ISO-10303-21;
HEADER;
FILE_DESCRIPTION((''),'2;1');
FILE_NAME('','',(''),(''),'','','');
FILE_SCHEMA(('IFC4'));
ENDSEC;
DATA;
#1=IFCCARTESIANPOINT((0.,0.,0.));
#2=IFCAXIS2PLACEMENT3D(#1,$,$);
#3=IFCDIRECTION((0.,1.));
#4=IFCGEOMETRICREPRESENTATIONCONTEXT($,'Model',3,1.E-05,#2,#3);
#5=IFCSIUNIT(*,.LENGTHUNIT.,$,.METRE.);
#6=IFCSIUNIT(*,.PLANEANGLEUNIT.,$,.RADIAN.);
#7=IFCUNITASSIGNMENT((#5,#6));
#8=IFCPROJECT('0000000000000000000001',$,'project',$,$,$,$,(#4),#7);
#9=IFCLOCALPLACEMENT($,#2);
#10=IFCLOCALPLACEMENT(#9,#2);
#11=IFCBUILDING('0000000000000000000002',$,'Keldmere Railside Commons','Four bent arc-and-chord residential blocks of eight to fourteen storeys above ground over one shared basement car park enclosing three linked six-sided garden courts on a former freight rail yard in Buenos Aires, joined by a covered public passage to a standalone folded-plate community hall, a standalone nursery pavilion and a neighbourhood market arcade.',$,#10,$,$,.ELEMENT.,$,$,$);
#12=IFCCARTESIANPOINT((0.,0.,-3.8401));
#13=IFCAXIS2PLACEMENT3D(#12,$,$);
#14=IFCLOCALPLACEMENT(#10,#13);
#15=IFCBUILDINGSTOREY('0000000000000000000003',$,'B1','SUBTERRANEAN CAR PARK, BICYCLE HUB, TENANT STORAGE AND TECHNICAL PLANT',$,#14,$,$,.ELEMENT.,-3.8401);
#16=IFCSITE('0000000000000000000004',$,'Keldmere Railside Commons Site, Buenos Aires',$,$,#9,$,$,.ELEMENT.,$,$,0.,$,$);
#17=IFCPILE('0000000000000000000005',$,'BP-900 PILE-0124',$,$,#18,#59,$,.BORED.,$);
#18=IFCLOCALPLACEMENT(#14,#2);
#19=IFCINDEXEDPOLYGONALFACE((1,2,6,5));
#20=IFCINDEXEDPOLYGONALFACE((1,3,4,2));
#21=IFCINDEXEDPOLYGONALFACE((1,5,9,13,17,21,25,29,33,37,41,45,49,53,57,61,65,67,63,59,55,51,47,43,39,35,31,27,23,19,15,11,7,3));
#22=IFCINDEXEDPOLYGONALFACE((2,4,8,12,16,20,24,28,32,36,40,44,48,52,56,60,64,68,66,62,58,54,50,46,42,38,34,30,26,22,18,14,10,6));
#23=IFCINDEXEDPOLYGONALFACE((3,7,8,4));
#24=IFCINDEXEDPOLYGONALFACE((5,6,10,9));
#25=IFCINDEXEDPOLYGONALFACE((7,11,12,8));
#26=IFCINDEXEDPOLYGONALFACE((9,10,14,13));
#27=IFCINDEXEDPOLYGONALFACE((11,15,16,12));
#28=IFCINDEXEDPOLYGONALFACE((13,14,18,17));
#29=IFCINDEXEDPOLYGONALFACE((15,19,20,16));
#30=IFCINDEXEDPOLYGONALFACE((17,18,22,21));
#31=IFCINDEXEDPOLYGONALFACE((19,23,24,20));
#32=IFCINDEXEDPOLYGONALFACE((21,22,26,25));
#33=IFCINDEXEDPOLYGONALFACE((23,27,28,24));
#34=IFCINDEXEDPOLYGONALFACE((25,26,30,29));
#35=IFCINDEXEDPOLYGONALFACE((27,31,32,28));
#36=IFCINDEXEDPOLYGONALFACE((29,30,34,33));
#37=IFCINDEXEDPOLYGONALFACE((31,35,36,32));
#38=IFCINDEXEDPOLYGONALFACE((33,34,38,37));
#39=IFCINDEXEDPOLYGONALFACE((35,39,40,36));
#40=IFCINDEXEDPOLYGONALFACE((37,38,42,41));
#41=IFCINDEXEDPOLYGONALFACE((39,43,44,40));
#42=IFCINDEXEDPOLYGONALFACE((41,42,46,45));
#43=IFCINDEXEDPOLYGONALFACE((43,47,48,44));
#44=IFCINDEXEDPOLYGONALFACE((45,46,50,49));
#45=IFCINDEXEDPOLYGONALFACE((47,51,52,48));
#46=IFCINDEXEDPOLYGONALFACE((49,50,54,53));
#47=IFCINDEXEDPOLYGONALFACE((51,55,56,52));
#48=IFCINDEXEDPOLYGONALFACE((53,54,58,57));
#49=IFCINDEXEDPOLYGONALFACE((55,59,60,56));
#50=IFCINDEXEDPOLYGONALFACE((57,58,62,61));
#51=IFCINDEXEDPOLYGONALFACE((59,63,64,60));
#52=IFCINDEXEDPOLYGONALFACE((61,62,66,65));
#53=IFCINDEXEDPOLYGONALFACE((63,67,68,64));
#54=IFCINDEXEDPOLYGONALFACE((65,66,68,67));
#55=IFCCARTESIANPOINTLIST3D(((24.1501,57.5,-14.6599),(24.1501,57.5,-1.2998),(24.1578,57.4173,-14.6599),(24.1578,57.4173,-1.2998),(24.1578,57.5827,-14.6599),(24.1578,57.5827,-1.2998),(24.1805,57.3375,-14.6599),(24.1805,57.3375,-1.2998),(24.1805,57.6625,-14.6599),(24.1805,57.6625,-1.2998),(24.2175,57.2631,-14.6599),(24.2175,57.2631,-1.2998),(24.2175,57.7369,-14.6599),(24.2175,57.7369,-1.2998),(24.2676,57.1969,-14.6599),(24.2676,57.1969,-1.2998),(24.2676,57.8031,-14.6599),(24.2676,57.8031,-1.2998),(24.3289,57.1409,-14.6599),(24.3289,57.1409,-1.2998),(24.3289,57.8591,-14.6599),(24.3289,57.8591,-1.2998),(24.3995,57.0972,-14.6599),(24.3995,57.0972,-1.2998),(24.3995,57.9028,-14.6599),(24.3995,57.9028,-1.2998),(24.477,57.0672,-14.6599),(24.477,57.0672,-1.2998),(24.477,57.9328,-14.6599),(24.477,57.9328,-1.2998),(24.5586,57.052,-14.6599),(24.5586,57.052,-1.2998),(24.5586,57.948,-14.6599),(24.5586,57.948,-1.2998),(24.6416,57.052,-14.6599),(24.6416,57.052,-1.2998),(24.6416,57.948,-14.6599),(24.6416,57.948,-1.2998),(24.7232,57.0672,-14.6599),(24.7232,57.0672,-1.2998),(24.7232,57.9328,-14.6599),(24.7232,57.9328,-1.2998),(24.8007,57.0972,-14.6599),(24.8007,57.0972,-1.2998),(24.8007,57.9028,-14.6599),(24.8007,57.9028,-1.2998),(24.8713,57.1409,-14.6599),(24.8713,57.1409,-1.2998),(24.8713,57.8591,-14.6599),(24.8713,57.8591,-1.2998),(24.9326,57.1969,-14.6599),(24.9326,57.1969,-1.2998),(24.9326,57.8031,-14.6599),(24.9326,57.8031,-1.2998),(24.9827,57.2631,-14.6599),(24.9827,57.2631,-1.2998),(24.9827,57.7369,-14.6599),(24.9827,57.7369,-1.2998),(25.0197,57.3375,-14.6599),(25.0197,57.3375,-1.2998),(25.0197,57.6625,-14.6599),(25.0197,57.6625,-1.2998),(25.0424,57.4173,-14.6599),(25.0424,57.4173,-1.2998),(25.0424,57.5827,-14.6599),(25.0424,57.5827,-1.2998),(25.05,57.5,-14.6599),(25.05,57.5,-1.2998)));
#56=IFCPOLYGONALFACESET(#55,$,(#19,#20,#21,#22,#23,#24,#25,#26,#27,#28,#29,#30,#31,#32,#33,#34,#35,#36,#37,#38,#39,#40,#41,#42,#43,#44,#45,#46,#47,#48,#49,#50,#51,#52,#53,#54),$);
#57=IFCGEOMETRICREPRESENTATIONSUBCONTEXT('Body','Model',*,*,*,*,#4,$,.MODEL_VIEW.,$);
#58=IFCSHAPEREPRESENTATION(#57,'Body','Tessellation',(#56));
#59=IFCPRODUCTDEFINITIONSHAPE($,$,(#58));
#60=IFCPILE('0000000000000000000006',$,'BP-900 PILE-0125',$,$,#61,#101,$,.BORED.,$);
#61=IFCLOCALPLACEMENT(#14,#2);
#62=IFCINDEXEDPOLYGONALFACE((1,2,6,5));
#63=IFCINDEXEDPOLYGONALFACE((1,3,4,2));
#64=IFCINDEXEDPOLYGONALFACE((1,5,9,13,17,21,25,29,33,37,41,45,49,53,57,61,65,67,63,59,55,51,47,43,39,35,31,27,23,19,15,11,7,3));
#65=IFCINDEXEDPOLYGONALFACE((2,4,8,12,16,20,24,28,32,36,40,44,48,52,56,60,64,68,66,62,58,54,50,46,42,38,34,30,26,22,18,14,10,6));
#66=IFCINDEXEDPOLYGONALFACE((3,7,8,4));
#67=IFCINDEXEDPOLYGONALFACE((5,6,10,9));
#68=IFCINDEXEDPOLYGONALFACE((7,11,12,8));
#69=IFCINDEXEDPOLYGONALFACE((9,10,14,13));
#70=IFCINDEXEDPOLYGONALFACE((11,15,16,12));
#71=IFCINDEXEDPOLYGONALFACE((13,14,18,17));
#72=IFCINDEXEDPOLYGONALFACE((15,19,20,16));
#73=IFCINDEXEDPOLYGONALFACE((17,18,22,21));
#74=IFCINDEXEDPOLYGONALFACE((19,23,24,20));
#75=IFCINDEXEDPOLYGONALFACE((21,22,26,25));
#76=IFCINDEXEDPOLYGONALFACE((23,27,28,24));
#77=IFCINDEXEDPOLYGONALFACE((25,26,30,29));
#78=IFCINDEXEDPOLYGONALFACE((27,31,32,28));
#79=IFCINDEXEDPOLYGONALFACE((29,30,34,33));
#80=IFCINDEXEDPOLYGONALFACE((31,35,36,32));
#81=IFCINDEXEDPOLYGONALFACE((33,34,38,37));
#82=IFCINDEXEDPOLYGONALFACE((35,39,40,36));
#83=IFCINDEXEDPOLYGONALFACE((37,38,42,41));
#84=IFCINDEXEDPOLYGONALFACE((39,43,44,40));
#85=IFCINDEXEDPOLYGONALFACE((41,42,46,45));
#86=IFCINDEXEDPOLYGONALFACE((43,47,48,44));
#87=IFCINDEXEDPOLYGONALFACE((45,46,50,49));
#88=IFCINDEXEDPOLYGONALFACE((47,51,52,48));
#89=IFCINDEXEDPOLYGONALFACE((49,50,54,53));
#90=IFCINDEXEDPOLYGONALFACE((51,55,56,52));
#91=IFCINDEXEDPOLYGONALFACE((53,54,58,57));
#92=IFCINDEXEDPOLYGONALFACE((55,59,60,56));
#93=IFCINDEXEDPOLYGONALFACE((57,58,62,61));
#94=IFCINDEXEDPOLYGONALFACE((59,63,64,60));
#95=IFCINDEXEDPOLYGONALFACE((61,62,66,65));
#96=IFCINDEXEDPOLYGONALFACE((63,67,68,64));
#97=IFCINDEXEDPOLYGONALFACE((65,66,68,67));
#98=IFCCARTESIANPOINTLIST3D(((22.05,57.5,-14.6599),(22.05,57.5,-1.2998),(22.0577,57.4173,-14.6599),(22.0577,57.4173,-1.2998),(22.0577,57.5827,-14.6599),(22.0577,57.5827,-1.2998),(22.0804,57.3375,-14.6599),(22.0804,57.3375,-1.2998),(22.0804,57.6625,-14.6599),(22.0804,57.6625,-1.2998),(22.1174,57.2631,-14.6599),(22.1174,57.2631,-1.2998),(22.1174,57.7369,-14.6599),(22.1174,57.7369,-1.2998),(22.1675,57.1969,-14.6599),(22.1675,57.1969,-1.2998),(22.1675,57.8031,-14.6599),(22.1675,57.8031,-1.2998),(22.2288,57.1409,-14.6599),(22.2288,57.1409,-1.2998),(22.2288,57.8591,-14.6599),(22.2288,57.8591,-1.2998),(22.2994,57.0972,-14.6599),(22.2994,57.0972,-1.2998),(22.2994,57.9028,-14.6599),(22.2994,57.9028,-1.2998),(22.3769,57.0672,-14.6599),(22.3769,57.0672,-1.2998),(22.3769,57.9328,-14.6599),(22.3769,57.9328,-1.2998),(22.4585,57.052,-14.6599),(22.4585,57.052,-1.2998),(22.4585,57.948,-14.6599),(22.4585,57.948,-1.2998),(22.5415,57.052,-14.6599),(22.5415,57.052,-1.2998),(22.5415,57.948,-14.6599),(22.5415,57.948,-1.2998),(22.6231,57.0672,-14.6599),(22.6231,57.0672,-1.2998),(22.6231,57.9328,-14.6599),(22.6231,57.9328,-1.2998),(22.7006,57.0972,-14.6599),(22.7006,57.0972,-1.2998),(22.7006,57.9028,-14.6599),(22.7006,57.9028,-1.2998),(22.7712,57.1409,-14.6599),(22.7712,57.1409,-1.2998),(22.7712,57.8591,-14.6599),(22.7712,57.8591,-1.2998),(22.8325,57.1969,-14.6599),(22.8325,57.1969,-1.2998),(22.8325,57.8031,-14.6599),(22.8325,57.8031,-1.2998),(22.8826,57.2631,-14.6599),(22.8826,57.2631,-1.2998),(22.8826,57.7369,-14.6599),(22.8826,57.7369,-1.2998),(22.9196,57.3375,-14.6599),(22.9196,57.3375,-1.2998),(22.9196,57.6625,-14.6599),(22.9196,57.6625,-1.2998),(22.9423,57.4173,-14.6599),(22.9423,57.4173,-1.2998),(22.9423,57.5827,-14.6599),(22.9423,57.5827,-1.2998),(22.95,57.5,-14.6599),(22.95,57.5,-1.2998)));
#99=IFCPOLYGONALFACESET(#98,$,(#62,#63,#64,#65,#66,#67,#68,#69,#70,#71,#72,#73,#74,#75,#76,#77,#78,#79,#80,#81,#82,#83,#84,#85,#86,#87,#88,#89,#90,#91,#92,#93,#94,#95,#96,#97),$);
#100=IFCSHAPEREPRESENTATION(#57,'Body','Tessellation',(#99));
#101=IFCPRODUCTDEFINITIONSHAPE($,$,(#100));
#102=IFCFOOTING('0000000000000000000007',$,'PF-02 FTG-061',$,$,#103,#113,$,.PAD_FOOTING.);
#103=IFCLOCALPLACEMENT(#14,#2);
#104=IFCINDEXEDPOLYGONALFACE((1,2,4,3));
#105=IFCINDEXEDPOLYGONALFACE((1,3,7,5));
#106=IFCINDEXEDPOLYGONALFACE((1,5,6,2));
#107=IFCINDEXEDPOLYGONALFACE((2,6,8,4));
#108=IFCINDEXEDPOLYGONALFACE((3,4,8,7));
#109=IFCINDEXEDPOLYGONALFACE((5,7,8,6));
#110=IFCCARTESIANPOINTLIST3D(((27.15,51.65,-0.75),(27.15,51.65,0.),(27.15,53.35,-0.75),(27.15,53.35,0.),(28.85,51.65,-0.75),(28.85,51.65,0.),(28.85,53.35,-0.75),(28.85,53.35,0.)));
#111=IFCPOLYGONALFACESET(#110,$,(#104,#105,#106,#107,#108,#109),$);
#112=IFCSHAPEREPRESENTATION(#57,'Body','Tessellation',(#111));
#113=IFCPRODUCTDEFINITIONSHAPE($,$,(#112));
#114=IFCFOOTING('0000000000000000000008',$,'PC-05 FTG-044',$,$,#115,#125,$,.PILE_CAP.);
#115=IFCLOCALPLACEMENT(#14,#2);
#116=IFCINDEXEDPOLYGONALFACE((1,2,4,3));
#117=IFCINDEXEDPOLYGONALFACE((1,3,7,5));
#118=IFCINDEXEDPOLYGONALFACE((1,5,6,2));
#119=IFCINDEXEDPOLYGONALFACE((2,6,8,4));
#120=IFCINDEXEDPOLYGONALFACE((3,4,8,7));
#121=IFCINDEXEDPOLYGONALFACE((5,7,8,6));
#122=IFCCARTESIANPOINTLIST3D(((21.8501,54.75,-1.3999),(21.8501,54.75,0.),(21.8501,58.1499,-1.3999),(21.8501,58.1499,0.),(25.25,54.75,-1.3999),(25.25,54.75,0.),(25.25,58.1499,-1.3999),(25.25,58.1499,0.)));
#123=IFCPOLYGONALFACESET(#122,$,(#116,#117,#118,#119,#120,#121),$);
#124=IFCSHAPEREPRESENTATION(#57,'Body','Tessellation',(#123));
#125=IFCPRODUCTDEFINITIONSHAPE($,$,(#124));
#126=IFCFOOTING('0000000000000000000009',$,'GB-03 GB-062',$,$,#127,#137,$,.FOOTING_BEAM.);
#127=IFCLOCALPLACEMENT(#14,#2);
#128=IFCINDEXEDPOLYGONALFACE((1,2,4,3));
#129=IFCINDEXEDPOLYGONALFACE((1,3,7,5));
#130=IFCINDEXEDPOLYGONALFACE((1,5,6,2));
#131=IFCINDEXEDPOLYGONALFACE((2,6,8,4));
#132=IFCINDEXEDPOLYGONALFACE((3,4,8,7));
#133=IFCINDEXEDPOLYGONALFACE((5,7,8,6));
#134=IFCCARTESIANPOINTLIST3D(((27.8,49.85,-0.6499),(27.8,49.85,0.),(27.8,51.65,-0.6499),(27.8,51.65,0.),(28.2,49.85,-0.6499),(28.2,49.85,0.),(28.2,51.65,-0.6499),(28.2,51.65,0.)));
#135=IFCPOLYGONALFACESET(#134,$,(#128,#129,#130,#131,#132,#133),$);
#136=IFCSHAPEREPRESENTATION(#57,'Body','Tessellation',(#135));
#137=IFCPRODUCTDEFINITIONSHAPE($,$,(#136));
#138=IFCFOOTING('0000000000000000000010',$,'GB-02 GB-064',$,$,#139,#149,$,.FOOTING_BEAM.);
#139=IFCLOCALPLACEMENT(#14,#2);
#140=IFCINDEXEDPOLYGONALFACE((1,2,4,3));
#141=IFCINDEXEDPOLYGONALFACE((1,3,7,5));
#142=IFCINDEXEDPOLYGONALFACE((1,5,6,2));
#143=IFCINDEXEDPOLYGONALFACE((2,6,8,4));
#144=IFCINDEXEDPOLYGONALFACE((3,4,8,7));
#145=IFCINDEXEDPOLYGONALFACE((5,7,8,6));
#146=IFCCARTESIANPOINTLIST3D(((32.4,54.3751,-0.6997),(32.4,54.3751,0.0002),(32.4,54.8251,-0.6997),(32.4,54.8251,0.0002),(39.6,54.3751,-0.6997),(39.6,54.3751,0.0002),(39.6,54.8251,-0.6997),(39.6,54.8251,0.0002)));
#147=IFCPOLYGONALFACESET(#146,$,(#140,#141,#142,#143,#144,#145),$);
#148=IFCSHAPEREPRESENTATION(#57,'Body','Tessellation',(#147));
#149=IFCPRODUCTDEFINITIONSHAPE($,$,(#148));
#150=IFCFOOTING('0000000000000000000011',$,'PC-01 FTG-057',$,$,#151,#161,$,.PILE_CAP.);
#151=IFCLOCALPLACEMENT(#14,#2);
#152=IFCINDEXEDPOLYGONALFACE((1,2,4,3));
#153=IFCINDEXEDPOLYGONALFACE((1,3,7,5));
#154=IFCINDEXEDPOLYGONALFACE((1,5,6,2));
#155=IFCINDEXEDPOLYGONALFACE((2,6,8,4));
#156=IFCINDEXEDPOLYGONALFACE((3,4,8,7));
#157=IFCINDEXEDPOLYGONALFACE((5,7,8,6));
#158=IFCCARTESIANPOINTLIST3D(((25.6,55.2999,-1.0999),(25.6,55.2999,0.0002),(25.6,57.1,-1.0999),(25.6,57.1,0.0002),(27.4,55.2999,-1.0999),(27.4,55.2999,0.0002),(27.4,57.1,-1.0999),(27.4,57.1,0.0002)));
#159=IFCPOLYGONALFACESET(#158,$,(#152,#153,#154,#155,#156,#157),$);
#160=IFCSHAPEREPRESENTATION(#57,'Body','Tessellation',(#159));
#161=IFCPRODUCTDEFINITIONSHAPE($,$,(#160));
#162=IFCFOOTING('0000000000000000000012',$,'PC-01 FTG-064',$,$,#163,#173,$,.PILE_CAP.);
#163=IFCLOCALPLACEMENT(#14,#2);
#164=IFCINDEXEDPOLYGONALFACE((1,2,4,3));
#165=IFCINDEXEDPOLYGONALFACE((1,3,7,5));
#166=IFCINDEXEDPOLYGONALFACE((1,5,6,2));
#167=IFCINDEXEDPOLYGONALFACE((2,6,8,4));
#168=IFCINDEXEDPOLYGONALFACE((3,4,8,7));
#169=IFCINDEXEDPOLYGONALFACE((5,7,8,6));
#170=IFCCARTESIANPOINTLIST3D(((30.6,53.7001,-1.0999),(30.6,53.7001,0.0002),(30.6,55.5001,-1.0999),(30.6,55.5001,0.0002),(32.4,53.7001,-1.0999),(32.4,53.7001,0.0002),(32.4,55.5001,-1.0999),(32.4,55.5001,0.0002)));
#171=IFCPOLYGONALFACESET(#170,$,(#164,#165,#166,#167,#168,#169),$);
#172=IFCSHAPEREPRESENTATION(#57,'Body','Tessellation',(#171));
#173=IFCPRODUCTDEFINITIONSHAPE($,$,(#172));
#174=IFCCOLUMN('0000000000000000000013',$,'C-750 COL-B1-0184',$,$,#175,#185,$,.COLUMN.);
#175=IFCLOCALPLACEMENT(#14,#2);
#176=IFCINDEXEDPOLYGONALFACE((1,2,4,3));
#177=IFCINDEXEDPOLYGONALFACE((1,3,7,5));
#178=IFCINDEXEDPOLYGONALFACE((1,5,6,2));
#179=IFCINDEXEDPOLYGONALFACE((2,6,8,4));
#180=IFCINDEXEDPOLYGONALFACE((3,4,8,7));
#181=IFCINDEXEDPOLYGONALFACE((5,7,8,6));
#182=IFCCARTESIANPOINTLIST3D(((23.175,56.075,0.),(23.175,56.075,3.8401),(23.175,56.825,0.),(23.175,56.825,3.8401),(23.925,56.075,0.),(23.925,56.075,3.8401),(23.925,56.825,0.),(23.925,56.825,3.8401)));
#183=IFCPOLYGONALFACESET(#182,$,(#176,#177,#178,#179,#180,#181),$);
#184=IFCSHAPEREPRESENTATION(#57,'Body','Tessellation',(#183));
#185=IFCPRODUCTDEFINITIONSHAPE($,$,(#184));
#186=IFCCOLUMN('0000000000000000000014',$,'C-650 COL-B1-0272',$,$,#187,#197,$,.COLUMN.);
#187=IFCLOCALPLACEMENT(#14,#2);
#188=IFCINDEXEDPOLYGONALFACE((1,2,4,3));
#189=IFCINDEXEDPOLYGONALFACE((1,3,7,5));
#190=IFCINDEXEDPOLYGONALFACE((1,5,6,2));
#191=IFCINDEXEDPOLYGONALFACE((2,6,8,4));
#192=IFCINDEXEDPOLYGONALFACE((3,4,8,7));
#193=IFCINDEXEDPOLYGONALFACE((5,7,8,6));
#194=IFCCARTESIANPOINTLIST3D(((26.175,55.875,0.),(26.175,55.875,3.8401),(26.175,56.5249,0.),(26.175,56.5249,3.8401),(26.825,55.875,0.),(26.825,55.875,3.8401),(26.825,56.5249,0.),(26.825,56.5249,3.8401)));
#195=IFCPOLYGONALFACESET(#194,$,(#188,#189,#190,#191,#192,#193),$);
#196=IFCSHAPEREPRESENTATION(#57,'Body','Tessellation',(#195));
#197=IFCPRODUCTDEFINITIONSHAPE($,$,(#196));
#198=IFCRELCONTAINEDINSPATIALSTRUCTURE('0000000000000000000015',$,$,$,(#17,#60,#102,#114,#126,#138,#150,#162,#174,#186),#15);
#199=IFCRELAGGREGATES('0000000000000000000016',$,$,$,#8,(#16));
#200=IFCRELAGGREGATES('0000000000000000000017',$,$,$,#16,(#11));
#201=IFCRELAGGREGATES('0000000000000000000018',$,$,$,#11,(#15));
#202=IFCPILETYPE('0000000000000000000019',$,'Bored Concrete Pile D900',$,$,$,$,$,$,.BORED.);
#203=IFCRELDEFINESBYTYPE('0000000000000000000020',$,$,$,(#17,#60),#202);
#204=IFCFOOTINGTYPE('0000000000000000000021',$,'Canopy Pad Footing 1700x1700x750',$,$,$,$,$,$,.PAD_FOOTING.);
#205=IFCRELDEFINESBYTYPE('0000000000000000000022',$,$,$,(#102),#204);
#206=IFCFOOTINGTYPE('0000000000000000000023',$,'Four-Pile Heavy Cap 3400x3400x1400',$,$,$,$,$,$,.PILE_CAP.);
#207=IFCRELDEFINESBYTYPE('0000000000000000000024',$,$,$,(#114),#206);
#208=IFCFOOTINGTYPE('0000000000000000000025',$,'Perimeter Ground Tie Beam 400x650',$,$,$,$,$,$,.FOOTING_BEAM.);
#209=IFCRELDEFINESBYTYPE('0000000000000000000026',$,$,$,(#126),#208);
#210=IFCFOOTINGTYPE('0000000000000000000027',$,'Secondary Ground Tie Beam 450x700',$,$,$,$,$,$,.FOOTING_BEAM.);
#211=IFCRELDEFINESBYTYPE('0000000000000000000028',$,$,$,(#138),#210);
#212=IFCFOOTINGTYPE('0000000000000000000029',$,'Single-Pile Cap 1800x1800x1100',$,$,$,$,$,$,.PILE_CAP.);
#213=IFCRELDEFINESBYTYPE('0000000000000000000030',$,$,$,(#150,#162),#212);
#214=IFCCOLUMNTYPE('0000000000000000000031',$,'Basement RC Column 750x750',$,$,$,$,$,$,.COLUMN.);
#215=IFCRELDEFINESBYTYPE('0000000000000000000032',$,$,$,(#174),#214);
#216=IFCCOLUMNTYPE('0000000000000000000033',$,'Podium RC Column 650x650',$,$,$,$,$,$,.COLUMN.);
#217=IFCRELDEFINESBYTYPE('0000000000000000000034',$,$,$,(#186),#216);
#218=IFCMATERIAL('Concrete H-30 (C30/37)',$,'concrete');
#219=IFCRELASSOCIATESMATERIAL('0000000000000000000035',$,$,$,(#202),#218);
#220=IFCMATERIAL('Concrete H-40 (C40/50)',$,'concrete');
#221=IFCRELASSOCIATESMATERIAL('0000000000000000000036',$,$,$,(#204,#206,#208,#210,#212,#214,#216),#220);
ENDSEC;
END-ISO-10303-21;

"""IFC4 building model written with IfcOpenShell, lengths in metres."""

from ifc_helpers import new_model, si_unit, direction, frame, origin, origin_2d, place, context, subcontext, project, spatial, rectangle, circle, extrude, material, material_profile, profile_set, type_object, element, save


model = new_model("IFC4")

# Units and contexts
model_context = context("Model", 3, precision=1e-05, world=origin(), true_north=direction((0.0, 1.0)))
body_context = subcontext(model_context, "Body", "Model", "MODEL_VIEW")
ifc_project = project(units=[si_unit("LENGTHUNIT", "METRE"), si_unit("PLANEANGLEUNIT", "RADIAN")], contexts=[model_context])

# Site, building, storey
site_placement = place(None, origin())
site = spatial("IfcSite", under=ifc_project, at=site_placement, Name="Keldmere Railside Commons Site, Buenos Aires", CompositionType="ELEMENT", RefElevation=0.0)
building_placement = place(site_placement, origin())
building = spatial("IfcBuilding", under=site, at=building_placement, Name="Keldmere Railside Commons", Description="Four bent arc-and-chord residential blocks of eight to fourteen storeys above ground over one shared basement car park enclosing three linked six-sided garden courts on a former freight rail yard in Buenos Aires, joined by a covered public passage to a standalone folded-plate community hall, a standalone nursery pavilion and a neighbourhood market arcade.", CompositionType="ELEMENT")
storey_placement = place(building_placement, frame((0.0, 0.0, -3.8401)))
storey = spatial("IfcBuildingStorey", under=building, at=storey_placement, Name="B1", Description="SUBTERRANEAN CAR PARK, BICYCLE HUB, TENANT STORAGE AND TECHNICAL PLANT", CompositionType="ELEMENT", Elevation=-3.8401)

# Piles
ifc_material_1 = material(Name="Concrete H-30 (C30/37)", Category="concrete")
ifc_material_profile_1 = material_profile(ifc_material_1, circle(Radius=0.45, at=origin_2d()), Name="PILE-D900")
ifc_profile_set_1 = profile_set([ifc_material_profile_1], Name="Concrete H-30 (C30/37)")
pile_type_1 = type_object("IfcPileType", Name="Bored Concrete Pile D900", PredefinedType="BORED", material=ifc_profile_set_1)
for number, where, z_axis, x_axis, name in (
    (1, (24.6001, 57.5, -1.2998), (0.0, 0.0, -1.0), (1.0, 0.0, 0.0), "BP-900 PILE-0124"),
    (2, (22.5, 57.5, -1.2998), (0.0, 0.0, -1.0), (1.0, 0.0, 0.0), "BP-900 PILE-0125"),
):
    element("IfcPile", number, at=place(storey_placement, frame(where, z_axis=z_axis, x_axis=x_axis)), inside=storey, type_object=pile_type_1, Name=name, PredefinedType="BORED", context=body_context, shape_type="SweptSolid", body=[
        extrude(circle(Radius=0.45, at=origin_2d()), origin(), (0.0, 0.0, 1.0), 13.3601),
    ])

# Footings
ifc_material_2 = material(Name="Concrete H-40 (C40/50)", Category="concrete")
footing_type_1 = type_object("IfcFootingType", Name="Canopy Pad Footing 1700x1700x750", PredefinedType="PAD_FOOTING", material=ifc_material_2)
footing_1_placement = place(storey_placement, frame((28.0, 52.5, -0.75), z_axis=(0.0, 0.0, 1.0), x_axis=(1.0, 0.0, 0.0)))
element("IfcFooting", 3, at=footing_1_placement, inside=storey, type_object=footing_type_1, Name="PF-02 FTG-061", PredefinedType="PAD_FOOTING", context=body_context, shape_type="SweptSolid", body=[
    extrude(rectangle(XDim=1.7, YDim=1.7, at=origin_2d()), origin(), (0.0, 0.0, 1.0), 0.75),
])
footing_type_2 = type_object("IfcFootingType", Name="Four-Pile Heavy Cap 3400x3400x1400", PredefinedType="PILE_CAP", material=ifc_material_2)
footing_2_placement = place(storey_placement, frame((23.55, 56.45, -1.3999), z_axis=(0.0, 0.0, 1.0), x_axis=(1.0, 0.0, 0.0)))
element("IfcFooting", 4, at=footing_2_placement, inside=storey, type_object=footing_type_2, Name="PC-05 FTG-044", PredefinedType="PILE_CAP", context=body_context, shape_type="SweptSolid", body=[
    extrude(rectangle(XDim=3.3999, YDim=3.3999, at=origin_2d()), origin(), (0.0, 0.0, 1.0), 1.3999),
])
footing_type_3 = type_object("IfcFootingType", Name="Perimeter Ground Tie Beam 400x650", PredefinedType="FOOTING_BEAM", material=ifc_material_2)
footing_3_placement = place(storey_placement, frame((28.0, 50.75, -0.6499), z_axis=(0.0, 0.0, 1.0), x_axis=(0.0, 1.0, 0.0)))
element("IfcFooting", 5, at=footing_3_placement, inside=storey, type_object=footing_type_3, Name="GB-03 GB-062", PredefinedType="FOOTING_BEAM", context=body_context, shape_type="SweptSolid", body=[
    extrude(rectangle(XDim=1.8, YDim=0.3999, at=origin_2d()), origin(), (0.0, 0.0, 1.0), 0.6499),
])
footing_type_4 = type_object("IfcFootingType", Name="Secondary Ground Tie Beam 450x700", PredefinedType="FOOTING_BEAM", material=ifc_material_2)
footing_4_placement = place(storey_placement, frame((36.0, 54.6001, -0.6997), z_axis=(0.0, 0.0, 1.0), x_axis=(1.0, 0.0, 0.0)))
element("IfcFooting", 6, at=footing_4_placement, inside=storey, type_object=footing_type_4, Name="GB-02 GB-064", PredefinedType="FOOTING_BEAM", context=body_context, shape_type="SweptSolid", body=[
    extrude(rectangle(XDim=7.2, YDim=0.45, at=origin_2d()), origin(), (0.0, 0.0, 1.0), 0.7),
])
footing_type_5 = type_object("IfcFootingType", Name="Single-Pile Cap 1800x1800x1100", PredefinedType="PILE_CAP", material=ifc_material_2)
for number, where, z_axis, x_axis, name in (
    (7, (26.5, 56.2, -1.0999), (0.0, 0.0, 1.0), (1.0, 0.0, 0.0), "PC-01 FTG-057"),
    (8, (31.5, 54.6001, -1.0999), (0.0, 0.0, 1.0), (1.0, 0.0, 0.0), "PC-01 FTG-064"),
):
    element("IfcFooting", number, at=place(storey_placement, frame(where, z_axis=z_axis, x_axis=x_axis)), inside=storey, type_object=footing_type_5, Name=name, PredefinedType="PILE_CAP", context=body_context, shape_type="SweptSolid", body=[
        extrude(rectangle(XDim=1.8, YDim=1.8, at=origin_2d()), origin(), (0.0, 0.0, 1.0), 1.1001),
    ])

# Columns
ifc_material_profile_2 = material_profile(ifc_material_2, rectangle(XDim=0.75, YDim=0.75, at=origin_2d()), Name="RC-750x750")
ifc_profile_set_2 = profile_set([ifc_material_profile_2], Name="Concrete H-40 (C40/50)")
column_type_1 = type_object("IfcColumnType", Name="Basement RC Column 750x750", PredefinedType="COLUMN", material=ifc_profile_set_2)
column_placement = place(storey_placement, frame((23.55, 56.45, 0.0), z_axis=(0.0, 0.0, 1.0), x_axis=(1.0, 0.0, 0.0)))
element("IfcColumn", 9, at=column_placement, inside=storey, type_object=column_type_1, Name="C-750 COL-B1-0184", PredefinedType="COLUMN", context=body_context, shape_type="SweptSolid", body=[
    extrude(rectangle(XDim=0.75, YDim=0.75, at=origin_2d()), origin(), (0.0, 0.0, 1.0), 3.8401),
])
ifc_material_profile_3 = material_profile(ifc_material_2, rectangle(XDim=0.6499, YDim=0.6499, at=origin_2d()), Name="RC-650x650")
ifc_profile_set_3 = profile_set([ifc_material_profile_3], Name="Concrete H-40 (C40/50)")
column_type_2 = type_object("IfcColumnType", Name="Podium RC Column 650x650", PredefinedType="COLUMN", material=ifc_profile_set_3)
for number, where, z_axis, x_axis, name in (
    (10, (26.5, 56.2, 0.0), (0.0, 0.0, 1.0), (1.0, 0.0, 0.0), "C-650 COL-B1-0272"),
):
    element("IfcColumn", number, at=place(storey_placement, frame(where, z_axis=z_axis, x_axis=x_axis)), inside=storey, type_object=column_type_2, Name=name, PredefinedType="COLUMN", context=body_context, shape_type="SweptSolid", body=[
        extrude(rectangle(XDim=0.6499, YDim=0.6499, at=origin_2d()), origin(), (0.0, 0.0, 1.0), 3.8401),
    ])

save(model, "model.ifc")
